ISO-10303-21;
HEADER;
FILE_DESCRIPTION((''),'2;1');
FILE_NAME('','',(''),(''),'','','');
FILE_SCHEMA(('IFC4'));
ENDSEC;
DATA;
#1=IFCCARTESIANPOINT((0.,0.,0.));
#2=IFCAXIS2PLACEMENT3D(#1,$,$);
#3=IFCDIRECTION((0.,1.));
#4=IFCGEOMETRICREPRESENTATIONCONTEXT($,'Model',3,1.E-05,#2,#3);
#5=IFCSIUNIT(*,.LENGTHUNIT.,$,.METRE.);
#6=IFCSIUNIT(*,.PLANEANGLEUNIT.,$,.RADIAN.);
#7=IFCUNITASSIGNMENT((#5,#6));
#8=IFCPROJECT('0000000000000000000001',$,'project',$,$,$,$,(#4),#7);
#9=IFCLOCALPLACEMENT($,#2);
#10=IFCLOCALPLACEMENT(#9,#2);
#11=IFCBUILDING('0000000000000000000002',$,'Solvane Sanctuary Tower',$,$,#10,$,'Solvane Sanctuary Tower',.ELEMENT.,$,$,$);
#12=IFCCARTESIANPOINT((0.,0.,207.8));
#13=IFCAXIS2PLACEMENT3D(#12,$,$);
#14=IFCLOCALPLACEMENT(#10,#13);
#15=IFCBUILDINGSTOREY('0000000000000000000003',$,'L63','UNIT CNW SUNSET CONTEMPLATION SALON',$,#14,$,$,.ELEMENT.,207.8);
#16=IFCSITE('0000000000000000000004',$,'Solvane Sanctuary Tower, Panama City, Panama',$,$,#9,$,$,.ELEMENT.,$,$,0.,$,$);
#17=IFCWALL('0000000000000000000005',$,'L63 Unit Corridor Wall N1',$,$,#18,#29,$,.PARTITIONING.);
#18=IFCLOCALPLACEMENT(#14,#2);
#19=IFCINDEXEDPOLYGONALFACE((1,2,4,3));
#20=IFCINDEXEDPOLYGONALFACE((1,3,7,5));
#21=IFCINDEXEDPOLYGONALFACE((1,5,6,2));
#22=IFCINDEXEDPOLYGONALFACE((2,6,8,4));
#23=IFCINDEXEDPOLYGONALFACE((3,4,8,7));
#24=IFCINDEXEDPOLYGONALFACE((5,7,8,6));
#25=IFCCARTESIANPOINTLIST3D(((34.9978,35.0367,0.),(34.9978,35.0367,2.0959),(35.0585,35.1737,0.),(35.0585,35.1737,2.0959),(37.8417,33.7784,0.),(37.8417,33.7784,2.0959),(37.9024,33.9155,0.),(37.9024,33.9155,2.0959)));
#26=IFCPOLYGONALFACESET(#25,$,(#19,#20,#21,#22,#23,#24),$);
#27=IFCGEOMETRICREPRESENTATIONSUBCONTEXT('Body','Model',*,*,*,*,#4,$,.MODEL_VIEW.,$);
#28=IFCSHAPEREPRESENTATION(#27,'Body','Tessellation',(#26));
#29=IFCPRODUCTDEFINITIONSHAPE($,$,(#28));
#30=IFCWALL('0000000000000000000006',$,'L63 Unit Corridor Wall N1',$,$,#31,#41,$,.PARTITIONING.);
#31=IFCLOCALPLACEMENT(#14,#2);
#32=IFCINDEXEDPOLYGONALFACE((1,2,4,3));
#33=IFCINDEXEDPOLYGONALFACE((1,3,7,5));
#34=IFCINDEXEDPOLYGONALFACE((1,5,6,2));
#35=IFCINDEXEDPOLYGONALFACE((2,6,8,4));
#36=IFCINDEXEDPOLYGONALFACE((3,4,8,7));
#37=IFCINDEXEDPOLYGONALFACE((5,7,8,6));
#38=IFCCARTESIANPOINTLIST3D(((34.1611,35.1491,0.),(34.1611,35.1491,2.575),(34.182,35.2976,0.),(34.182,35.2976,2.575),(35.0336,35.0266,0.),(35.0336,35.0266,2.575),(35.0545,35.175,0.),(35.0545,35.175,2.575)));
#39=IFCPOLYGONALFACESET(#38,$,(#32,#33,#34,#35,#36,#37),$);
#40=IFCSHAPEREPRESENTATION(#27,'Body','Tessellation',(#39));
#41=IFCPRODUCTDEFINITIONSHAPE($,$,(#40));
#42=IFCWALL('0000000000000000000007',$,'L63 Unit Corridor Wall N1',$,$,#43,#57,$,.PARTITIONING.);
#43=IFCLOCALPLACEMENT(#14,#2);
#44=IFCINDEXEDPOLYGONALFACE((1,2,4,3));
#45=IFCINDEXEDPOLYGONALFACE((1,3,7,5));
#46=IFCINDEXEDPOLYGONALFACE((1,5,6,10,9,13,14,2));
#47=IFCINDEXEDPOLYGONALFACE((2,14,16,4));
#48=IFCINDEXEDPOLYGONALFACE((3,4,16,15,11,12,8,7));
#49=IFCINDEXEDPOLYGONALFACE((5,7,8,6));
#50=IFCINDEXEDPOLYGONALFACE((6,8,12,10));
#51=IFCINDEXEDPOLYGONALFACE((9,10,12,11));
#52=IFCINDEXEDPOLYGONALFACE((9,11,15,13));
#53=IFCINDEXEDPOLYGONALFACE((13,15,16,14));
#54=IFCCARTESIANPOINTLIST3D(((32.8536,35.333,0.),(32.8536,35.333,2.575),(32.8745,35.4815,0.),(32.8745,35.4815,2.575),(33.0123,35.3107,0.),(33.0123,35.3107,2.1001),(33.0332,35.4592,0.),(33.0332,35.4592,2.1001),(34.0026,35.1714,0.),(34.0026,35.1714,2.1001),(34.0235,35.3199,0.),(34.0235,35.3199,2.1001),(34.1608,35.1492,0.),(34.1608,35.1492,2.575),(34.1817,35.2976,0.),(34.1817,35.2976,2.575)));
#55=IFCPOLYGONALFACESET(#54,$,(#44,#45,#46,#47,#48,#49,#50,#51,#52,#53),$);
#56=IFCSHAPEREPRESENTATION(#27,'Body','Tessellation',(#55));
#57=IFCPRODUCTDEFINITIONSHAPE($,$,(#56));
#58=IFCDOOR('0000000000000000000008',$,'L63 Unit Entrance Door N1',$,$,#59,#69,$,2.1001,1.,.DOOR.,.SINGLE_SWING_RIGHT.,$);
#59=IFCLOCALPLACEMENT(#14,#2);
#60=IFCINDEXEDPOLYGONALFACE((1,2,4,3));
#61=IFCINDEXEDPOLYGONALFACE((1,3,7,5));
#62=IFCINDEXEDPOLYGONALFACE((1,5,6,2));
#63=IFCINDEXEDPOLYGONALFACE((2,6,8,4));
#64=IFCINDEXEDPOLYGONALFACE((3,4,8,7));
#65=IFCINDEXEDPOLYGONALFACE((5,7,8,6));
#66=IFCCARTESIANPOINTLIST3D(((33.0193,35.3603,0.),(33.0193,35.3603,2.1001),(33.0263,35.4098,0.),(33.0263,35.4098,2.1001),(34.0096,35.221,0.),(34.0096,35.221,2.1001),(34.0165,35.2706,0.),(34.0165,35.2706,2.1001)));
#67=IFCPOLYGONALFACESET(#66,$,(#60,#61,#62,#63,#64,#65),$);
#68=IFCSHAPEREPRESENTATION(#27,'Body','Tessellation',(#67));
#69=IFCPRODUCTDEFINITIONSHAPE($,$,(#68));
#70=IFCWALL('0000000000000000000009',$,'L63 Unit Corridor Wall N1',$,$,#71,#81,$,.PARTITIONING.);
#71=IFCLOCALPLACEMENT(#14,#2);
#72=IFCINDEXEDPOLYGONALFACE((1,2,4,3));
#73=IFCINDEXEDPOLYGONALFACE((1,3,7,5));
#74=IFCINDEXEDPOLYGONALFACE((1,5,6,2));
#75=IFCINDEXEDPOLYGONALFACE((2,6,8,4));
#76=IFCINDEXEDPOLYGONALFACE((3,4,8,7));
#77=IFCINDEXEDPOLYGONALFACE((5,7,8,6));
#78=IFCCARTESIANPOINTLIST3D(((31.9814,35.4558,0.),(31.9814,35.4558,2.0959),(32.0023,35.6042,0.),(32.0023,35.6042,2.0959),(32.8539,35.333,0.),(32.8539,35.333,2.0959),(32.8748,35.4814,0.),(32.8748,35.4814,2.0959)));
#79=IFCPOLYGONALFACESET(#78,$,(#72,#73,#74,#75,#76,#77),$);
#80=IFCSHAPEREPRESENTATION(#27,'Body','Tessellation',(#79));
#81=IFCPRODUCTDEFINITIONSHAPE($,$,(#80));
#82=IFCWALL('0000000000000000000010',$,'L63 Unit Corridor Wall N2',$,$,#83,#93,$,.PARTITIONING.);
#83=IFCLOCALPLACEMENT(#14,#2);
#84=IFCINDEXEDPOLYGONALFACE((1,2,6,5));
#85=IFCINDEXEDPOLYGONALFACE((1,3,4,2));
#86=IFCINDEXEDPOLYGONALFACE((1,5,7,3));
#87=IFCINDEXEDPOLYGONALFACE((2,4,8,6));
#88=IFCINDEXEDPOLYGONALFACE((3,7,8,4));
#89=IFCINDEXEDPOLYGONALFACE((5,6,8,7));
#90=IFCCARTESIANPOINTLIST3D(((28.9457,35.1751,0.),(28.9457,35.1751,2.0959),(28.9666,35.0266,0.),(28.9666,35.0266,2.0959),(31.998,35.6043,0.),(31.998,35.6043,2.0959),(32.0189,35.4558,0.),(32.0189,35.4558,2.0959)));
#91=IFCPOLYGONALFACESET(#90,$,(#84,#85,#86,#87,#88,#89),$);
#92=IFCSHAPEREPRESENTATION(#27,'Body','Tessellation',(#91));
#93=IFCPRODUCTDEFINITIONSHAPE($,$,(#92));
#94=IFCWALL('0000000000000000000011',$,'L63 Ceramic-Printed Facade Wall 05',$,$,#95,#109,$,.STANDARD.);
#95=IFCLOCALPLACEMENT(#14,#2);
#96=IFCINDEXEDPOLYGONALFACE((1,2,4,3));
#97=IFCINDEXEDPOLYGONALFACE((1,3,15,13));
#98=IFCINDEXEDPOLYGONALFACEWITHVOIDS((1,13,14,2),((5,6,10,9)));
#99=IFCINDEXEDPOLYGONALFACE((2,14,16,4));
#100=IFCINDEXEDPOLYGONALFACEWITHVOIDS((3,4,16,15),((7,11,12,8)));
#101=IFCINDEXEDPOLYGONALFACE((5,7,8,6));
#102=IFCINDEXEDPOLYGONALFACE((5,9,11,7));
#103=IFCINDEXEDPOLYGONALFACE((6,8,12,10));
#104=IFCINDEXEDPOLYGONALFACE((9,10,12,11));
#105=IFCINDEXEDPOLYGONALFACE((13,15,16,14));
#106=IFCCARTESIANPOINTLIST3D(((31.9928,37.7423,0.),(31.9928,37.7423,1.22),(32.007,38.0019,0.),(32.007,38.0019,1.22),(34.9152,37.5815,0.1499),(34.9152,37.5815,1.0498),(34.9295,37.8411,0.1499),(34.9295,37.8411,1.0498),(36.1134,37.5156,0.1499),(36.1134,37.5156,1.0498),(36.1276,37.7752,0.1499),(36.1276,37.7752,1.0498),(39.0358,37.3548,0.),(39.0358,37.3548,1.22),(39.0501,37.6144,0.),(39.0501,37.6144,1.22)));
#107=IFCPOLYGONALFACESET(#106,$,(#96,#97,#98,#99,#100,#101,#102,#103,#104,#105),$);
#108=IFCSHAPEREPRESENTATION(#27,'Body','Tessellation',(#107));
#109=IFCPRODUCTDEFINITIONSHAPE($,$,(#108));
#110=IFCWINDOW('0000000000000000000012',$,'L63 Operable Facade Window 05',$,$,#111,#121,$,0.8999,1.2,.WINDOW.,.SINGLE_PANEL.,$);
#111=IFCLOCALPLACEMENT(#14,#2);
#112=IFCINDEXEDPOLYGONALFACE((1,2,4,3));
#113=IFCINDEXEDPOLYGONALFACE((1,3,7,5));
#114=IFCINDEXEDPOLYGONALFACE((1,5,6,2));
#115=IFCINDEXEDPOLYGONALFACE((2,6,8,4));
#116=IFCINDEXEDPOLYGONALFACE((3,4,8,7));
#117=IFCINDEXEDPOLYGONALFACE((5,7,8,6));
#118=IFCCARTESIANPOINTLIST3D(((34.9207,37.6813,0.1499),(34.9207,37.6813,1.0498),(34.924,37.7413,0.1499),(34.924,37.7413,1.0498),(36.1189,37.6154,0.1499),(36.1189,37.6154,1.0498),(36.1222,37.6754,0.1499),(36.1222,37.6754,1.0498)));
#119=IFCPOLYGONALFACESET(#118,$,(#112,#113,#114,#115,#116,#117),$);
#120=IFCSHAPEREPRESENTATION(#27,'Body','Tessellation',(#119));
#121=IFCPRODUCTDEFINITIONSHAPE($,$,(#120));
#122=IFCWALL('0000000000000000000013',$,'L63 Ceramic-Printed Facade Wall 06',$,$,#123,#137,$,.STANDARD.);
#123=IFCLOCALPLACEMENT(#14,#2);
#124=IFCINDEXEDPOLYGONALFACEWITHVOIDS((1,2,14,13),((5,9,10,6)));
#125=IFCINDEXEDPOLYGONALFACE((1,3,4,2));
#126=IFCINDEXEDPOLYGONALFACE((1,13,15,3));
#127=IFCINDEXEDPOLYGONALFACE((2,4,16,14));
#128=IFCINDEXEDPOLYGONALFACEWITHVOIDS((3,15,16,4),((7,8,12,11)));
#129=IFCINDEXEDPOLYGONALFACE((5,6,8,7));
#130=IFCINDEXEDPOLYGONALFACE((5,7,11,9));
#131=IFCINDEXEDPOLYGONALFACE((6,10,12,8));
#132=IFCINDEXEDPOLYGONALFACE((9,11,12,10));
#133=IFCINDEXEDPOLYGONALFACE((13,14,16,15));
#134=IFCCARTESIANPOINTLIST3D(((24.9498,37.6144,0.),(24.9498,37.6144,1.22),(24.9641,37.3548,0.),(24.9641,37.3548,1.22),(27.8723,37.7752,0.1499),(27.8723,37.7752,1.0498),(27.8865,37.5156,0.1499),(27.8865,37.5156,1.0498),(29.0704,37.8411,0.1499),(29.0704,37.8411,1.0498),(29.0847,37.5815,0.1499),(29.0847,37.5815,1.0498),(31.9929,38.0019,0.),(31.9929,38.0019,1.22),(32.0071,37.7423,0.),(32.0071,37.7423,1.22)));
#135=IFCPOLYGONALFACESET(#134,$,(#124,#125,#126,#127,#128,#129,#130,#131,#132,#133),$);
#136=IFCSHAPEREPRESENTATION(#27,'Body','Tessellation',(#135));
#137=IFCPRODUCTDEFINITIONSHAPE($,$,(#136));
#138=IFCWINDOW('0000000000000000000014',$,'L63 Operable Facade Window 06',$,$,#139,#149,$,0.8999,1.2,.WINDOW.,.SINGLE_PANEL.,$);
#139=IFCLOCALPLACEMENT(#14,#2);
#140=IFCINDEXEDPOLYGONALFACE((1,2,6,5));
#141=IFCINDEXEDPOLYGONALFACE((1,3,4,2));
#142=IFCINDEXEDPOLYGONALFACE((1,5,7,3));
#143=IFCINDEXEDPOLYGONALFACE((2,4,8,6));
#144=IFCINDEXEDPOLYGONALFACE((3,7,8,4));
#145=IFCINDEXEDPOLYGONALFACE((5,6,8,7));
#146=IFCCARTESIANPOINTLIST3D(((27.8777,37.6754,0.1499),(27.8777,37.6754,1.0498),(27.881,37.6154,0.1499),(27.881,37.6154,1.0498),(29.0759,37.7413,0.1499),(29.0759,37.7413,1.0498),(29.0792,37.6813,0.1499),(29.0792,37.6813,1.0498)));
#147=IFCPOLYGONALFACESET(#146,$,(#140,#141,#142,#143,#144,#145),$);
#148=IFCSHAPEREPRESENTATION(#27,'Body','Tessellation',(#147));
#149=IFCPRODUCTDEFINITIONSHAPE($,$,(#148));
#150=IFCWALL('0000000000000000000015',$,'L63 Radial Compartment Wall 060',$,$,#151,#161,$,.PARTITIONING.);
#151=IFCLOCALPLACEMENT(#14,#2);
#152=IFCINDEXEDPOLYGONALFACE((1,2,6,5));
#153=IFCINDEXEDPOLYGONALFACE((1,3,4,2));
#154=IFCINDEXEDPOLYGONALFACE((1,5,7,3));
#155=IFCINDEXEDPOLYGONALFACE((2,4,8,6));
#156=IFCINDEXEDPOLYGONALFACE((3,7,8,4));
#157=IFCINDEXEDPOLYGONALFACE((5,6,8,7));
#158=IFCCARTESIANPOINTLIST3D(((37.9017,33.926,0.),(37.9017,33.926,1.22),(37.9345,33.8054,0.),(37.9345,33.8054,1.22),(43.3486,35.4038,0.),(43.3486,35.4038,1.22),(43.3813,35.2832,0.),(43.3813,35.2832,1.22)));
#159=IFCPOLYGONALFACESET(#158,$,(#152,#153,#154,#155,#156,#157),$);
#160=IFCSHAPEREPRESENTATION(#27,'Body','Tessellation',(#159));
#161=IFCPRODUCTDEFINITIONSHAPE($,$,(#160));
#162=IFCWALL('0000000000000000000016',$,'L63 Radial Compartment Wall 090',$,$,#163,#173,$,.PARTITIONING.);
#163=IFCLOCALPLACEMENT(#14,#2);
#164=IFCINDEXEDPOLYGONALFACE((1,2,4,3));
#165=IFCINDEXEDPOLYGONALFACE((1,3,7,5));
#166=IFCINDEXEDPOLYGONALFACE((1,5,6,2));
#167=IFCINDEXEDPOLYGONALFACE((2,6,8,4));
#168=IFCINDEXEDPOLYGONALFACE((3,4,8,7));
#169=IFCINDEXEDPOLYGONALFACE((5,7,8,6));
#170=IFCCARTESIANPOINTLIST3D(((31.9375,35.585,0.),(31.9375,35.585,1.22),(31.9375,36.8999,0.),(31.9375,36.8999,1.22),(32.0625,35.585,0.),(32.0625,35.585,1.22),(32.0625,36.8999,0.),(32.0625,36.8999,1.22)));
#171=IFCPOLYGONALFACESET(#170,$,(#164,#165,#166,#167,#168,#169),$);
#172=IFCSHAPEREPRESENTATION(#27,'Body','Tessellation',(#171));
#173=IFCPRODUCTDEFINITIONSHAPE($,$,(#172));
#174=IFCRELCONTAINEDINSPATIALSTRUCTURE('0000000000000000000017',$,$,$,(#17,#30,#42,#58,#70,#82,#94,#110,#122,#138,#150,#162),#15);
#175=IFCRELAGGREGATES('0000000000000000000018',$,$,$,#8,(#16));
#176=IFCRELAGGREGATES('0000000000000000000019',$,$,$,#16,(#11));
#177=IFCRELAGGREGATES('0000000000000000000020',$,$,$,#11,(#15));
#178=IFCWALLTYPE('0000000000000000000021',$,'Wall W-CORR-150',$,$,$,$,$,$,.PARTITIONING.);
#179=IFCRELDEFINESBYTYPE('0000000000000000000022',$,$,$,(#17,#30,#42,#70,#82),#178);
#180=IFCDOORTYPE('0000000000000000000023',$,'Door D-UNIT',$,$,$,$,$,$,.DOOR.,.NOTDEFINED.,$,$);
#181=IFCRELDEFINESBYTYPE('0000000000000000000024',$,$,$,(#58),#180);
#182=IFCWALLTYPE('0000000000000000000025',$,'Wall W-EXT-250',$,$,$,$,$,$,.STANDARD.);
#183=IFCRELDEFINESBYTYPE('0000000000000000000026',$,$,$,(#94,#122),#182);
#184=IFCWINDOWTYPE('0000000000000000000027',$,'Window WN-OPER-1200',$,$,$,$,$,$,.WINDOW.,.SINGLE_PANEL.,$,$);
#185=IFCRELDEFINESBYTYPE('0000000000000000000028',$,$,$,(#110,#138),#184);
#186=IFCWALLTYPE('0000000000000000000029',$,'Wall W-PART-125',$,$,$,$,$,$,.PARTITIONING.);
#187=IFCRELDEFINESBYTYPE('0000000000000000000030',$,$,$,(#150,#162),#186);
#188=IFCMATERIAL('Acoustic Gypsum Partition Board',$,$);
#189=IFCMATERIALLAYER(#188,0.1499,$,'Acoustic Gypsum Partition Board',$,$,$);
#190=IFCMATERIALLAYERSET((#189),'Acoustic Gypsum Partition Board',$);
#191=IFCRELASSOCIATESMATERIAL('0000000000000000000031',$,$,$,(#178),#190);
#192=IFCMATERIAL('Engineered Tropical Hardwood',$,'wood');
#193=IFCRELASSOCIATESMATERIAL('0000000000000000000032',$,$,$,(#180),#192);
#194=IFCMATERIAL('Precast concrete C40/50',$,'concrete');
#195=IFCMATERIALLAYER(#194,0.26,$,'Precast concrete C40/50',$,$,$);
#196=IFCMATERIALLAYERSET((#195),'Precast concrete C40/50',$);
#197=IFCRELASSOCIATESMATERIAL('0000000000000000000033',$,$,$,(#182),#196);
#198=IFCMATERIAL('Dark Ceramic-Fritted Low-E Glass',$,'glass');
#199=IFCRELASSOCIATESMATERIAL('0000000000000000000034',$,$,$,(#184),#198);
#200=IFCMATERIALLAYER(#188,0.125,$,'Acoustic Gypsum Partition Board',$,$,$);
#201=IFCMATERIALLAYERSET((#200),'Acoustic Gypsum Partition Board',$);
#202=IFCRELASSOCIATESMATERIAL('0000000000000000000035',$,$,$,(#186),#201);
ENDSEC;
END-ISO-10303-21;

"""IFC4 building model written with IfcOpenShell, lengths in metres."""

from ifc_helpers import new_model, si_unit, direction, frame, frame_2d, origin, place, context, subcontext, project, spatial, rectangle, extrude, material, layer, layer_set, type_object, element, fill, save


model = new_model("IFC4")

# Units and contexts
model_context = context("Model", 3, precision=1e-05, world=origin(), true_north=direction((0.0, 1.0)))
body_context = subcontext(model_context, "Body", "Model", "MODEL_VIEW")
ifc_project = project(units=[si_unit("LENGTHUNIT", "METRE"), si_unit("PLANEANGLEUNIT", "RADIAN")], contexts=[model_context])

# Site, building, storey
site_placement = place(None, origin())
site = spatial("IfcSite", under=ifc_project, at=site_placement, Name="Solvane Sanctuary Tower, Panama City, Panama", CompositionType="ELEMENT", RefElevation=0.0)
building_placement = place(site_placement, origin())
building = spatial("IfcBuilding", under=site, at=building_placement, Name="Solvane Sanctuary Tower", LongName="Solvane Sanctuary Tower", CompositionType="ELEMENT")
storey_placement = place(building_placement, frame((0.0, 0.0, 207.8)))
storey = spatial("IfcBuildingStorey", under=building, at=storey_placement, Name="L63", Description="UNIT CNW SUNSET CONTEMPLATION SALON", CompositionType="ELEMENT", Elevation=207.8)

# Shared definitions
ifc_material_1 = material(Name="Acoustic Gypsum Partition Board")
ifc_layer_1 = layer(ifc_material_1, 0.1499, Name="Acoustic Gypsum Partition Board")
ifc_layer_set_1 = layer_set([ifc_layer_1], Name="Acoustic Gypsum Partition Board")
wall_type_1 = type_object("IfcWallType", Name="Wall W-CORR-150", PredefinedType="PARTITIONING", material=ifc_layer_set_1)

# Shared definitions
ifc_material_2 = material(Name="Engineered Tropical Hardwood", Category="wood")

# Walls
wall_1_placement = place(storey_placement, frame((37.8721, 33.8469, 0.0), z_axis=(0.0, 0.0, 1.0), x_axis=(-0.91449, 0.404608, 0.0)))
element("IfcWall", 1, at=wall_1_placement, inside=storey, type_object=wall_type_1, Name="L63 Unit Corridor Wall N1", PredefinedType="PARTITIONING", context=body_context, shape_type="SweptSolid", body=[
    extrude(rectangle(XDim=3.1099, YDim=0.1499, at=frame_2d((1.5549, 0.0))), origin(), (0.0, 0.0, 1.0), 2.0959),
])
wall_2_placement = place(storey_placement, frame((35.0439, 35.1008, 0.0), z_axis=(0.0, 0.0, 1.0), x_axis=(-0.990279, 0.139094, 0.0)))
element("IfcWall", 2, at=wall_2_placement, inside=storey, type_object=wall_type_1, Name="L63 Unit Corridor Wall N1", PredefinedType="PARTITIONING", context=body_context, shape_type="SweptSolid", body=[
    extrude(rectangle(XDim=0.8811, YDim=0.1499, at=frame_2d((0.4404, 0.0))), origin(), (0.0, 0.0, 1.0), 2.575),
])

# Wall, opening, door
wall_3_placement = place(storey_placement, frame((34.1714, 35.2234, 0.0), z_axis=(0.0, 0.0, 1.0), x_axis=(-0.990254, 0.139272, 0.0)))
wall_3 = element("IfcWall", 3, at=wall_3_placement, inside=storey, type_object=wall_type_1, Name="L63 Unit Corridor Wall N1", PredefinedType="PARTITIONING", context=body_context, shape_type="SweptSolid", body=[
    extrude(rectangle(XDim=1.3201, YDim=0.1499, at=frame_2d((0.6602, 0.0))), origin(), (0.0, 0.0, 1.0), 2.575),
])
opening_1_placement = place(wall_3_placement, frame((0.1599, 0.0, 0.0)))
opening_1 = element("IfcOpeningElement", 4, at=opening_1_placement, cuts=wall_3, PredefinedType="OPENING", context=body_context, shape_type="SweptSolid", body=[
    extrude(rectangle(XDim=1.0, YDim=2.1001, at=frame_2d((0.5, 1.05))), frame((0.0, 0.085, 0.0), z_axis=(0.0, -1.0, 0.0), x_axis=(1.0, 0.0, 0.0)), (0.0, 0.0, 1.0), 0.1699),
])
door_type_1 = type_object("IfcDoorType", Name="Door D-UNIT", OperationType="NOTDEFINED", PredefinedType="DOOR", material=ifc_material_2)
door_1_placement = place(opening_1_placement, origin())
door_1 = element("IfcDoor", 5, at=door_1_placement, inside=storey, type_object=door_type_1, Name="L63 Unit Entrance Door N1", OperationType="SINGLE_SWING_RIGHT", OverallHeight=2.1001, OverallWidth=1.0, PredefinedType="DOOR", context=body_context, shape_type="SweptSolid", body=[
    extrude(rectangle(XDim=1.0, YDim=2.1001, at=frame_2d((0.5, 1.05))), frame((0.0, 0.0249, 0.0), z_axis=(0.0, -1.0, 0.0), x_axis=(1.0, 0.0, 0.0)), (0.0, 0.0, 1.0), 0.05),
])
fill(opening_1, door_1)

# Walls
wall_4_placement = place(storey_placement, frame((32.8643, 35.4072, 0.0), z_axis=(0.0, 0.0, 1.0), x_axis=(-0.990241, 0.139365, 0.0)))
element("IfcWall", 6, at=wall_4_placement, inside=storey, type_object=wall_type_1, Name="L63 Unit Corridor Wall N1", PredefinedType="PARTITIONING", context=body_context, shape_type="SweptSolid", body=[
    extrude(rectangle(XDim=0.8811, YDim=0.1499, at=frame_2d((0.4404, 0.0))), origin(), (0.0, 0.0, 1.0), 2.0959),
])
wall_5_placement = place(storey_placement, frame((32.0083, 35.53, 0.0), z_axis=(0.0, 0.0, 1.0), x_axis=(-0.990258, -0.139248, 0.0)))
element("IfcWall", 7, at=wall_5_placement, inside=storey, type_object=wall_type_1, Name="L63 Unit Corridor Wall N2", PredefinedType="PARTITIONING", context=body_context, shape_type="SweptSolid", body=[
    extrude(rectangle(XDim=3.0823, YDim=0.1499, at=frame_2d((1.541, 0.0))), origin(), (0.0, 0.0, 1.0), 2.0959),
])

# Walls, openings, windows
ifc_material_3 = material(Name="Precast concrete C40/50", Category="concrete")
ifc_layer_2 = layer(ifc_material_3, 0.26, Name="Precast concrete C40/50")
ifc_layer_set_2 = layer_set([ifc_layer_2], Name="Precast concrete C40/50")
wall_type_2 = type_object("IfcWallType", Name="Wall W-EXT-250", PredefinedType="STANDARD", material=ifc_layer_set_2)
wall_6_placement = place(storey_placement, frame((39.043, 37.4846, 0.0), z_axis=(0.0, 0.0, 1.0), x_axis=(-0.99849, 0.054929, 0.0)))
wall_6 = element("IfcWall", 8, at=wall_6_placement, inside=storey, type_object=wall_type_2, Name="L63 Ceramic-Printed Facade Wall 05", PredefinedType="STANDARD", context=body_context, shape_type="SweptSolid", body=[
    extrude(rectangle(XDim=7.0537, YDim=0.26, at=frame_2d((3.5269, 0.0))), origin(), (0.0, 0.0, 1.0), 1.22),
])
opening_2_placement = place(wall_6_placement, frame((2.9268, 0.0, 0.1499)))
opening_2 = element("IfcOpeningElement", 9, at=opening_2_placement, cuts=wall_6, PredefinedType="OPENING", context=body_context, shape_type="SweptSolid", body=[
    extrude(rectangle(XDim=1.2, YDim=0.8999, at=frame_2d((0.6001, 0.45))), frame((0.0, 0.1399, 0.0), z_axis=(0.0, -1.0, 0.0), x_axis=(1.0, 0.0, 0.0)), (0.0, 0.0, 1.0), 0.28),
])
ifc_material_4 = material(Name="Dark Ceramic-Fritted Low-E Glass", Category="glass")
window_type = type_object("IfcWindowType", Name="Window WN-OPER-1200", PartitioningType="SINGLE_PANEL", PredefinedType="WINDOW", material=ifc_material_4)
window_1_placement = place(opening_2_placement, origin())
window_1 = element("IfcWindow", 10, at=window_1_placement, inside=storey, type_object=window_type, Name="L63 Operable Facade Window 05", OverallHeight=0.8999, OverallWidth=1.2, PartitioningType="SINGLE_PANEL", PredefinedType="WINDOW", context=body_context, shape_type="SweptSolid", body=[
    extrude(rectangle(XDim=1.2, YDim=0.8999, at=frame_2d((0.6001, 0.45))), frame((0.0, 0.03, 0.0), z_axis=(0.0, -1.0, 0.0), x_axis=(1.0, 0.0, 0.0)), (0.0, 0.0, 1.0), 0.0601),
])
fill(opening_2, window_1)
wall_7_placement = place(storey_placement, frame((32.0, 37.8721, 0.0), z_axis=(0.0, 0.0, 1.0), x_axis=(-0.99849, -0.054929, 0.0)))
wall_7 = element("IfcWall", 11, at=wall_7_placement, inside=storey, type_object=wall_type_2, Name="L63 Ceramic-Printed Facade Wall 06", PredefinedType="STANDARD", context=body_context, shape_type="SweptSolid", body=[
    extrude(rectangle(XDim=7.0537, YDim=0.26, at=frame_2d((3.5269, 0.0))), origin(), (0.0, 0.0, 1.0), 1.22),
])
opening_3_placement = place(wall_7_placement, frame((2.9268, 0.0, 0.1499)))
opening_3 = element("IfcOpeningElement", 12, at=opening_3_placement, cuts=wall_7, PredefinedType="OPENING", context=body_context, shape_type="SweptSolid", body=[
    extrude(rectangle(XDim=1.2, YDim=0.8999, at=frame_2d((0.6001, 0.45))), frame((0.0, 0.1399, 0.0), z_axis=(0.0, -1.0, 0.0), x_axis=(1.0, 0.0, 0.0)), (0.0, 0.0, 1.0), 0.28),
])
window_2_placement = place(opening_3_placement, origin())
window_2 = element("IfcWindow", 13, at=window_2_placement, inside=storey, type_object=window_type, Name="L63 Operable Facade Window 06", OverallHeight=0.8999, OverallWidth=1.2, PartitioningType="SINGLE_PANEL", PredefinedType="WINDOW", context=body_context, shape_type="SweptSolid", body=[
    extrude(rectangle(XDim=1.2, YDim=0.8999, at=frame_2d((0.6001, 0.45))), frame((0.0, 0.03, 0.0), z_axis=(0.0, -1.0, 0.0), x_axis=(1.0, 0.0, 0.0)), (0.0, 0.0, 1.0), 0.0601),
])
fill(opening_3, window_2)

# Walls
ifc_layer_3 = layer(ifc_material_1, 0.125, Name="Acoustic Gypsum Partition Board")
ifc_layer_set_3 = layer_set([ifc_layer_3], Name="Acoustic Gypsum Partition Board")
wall_type_3 = type_object("IfcWallType", Name="Wall W-PART-125", PredefinedType="PARTITIONING", material=ifc_layer_set_3)
wall_8_placement = place(storey_placement, frame((37.9182, 33.8657, 0.0), z_axis=(0.0, 0.0, 1.0), x_axis=(0.965109, 0.261847, 0.0)))
element("IfcWall", 14, at=wall_8_placement, inside=storey, type_object=wall_type_3, Name="L63 Radial Compartment Wall 060", PredefinedType="PARTITIONING", context=body_context, shape_type="SweptSolid", body=[
    extrude(rectangle(XDim=5.6438, YDim=0.125, at=frame_2d((2.8218, 0.0))), origin(), (0.0, 0.0, 1.0), 1.22),
])
wall_9_placement = place(storey_placement, frame((32.0, 35.585, 0.0), z_axis=(0.0, 0.0, 1.0), x_axis=(0.0, 1.0, 0.0)))
element("IfcWall", 15, at=wall_9_placement, inside=storey, type_object=wall_type_3, Name="L63 Radial Compartment Wall 090", PredefinedType="PARTITIONING", context=body_context, shape_type="SweptSolid", body=[
    extrude(rectangle(XDim=1.3149, YDim=0.125, at=frame_2d((0.6575, 0.0))), origin(), (0.0, 0.0, 1.0), 1.22),
])

save(model, "model.ifc")
